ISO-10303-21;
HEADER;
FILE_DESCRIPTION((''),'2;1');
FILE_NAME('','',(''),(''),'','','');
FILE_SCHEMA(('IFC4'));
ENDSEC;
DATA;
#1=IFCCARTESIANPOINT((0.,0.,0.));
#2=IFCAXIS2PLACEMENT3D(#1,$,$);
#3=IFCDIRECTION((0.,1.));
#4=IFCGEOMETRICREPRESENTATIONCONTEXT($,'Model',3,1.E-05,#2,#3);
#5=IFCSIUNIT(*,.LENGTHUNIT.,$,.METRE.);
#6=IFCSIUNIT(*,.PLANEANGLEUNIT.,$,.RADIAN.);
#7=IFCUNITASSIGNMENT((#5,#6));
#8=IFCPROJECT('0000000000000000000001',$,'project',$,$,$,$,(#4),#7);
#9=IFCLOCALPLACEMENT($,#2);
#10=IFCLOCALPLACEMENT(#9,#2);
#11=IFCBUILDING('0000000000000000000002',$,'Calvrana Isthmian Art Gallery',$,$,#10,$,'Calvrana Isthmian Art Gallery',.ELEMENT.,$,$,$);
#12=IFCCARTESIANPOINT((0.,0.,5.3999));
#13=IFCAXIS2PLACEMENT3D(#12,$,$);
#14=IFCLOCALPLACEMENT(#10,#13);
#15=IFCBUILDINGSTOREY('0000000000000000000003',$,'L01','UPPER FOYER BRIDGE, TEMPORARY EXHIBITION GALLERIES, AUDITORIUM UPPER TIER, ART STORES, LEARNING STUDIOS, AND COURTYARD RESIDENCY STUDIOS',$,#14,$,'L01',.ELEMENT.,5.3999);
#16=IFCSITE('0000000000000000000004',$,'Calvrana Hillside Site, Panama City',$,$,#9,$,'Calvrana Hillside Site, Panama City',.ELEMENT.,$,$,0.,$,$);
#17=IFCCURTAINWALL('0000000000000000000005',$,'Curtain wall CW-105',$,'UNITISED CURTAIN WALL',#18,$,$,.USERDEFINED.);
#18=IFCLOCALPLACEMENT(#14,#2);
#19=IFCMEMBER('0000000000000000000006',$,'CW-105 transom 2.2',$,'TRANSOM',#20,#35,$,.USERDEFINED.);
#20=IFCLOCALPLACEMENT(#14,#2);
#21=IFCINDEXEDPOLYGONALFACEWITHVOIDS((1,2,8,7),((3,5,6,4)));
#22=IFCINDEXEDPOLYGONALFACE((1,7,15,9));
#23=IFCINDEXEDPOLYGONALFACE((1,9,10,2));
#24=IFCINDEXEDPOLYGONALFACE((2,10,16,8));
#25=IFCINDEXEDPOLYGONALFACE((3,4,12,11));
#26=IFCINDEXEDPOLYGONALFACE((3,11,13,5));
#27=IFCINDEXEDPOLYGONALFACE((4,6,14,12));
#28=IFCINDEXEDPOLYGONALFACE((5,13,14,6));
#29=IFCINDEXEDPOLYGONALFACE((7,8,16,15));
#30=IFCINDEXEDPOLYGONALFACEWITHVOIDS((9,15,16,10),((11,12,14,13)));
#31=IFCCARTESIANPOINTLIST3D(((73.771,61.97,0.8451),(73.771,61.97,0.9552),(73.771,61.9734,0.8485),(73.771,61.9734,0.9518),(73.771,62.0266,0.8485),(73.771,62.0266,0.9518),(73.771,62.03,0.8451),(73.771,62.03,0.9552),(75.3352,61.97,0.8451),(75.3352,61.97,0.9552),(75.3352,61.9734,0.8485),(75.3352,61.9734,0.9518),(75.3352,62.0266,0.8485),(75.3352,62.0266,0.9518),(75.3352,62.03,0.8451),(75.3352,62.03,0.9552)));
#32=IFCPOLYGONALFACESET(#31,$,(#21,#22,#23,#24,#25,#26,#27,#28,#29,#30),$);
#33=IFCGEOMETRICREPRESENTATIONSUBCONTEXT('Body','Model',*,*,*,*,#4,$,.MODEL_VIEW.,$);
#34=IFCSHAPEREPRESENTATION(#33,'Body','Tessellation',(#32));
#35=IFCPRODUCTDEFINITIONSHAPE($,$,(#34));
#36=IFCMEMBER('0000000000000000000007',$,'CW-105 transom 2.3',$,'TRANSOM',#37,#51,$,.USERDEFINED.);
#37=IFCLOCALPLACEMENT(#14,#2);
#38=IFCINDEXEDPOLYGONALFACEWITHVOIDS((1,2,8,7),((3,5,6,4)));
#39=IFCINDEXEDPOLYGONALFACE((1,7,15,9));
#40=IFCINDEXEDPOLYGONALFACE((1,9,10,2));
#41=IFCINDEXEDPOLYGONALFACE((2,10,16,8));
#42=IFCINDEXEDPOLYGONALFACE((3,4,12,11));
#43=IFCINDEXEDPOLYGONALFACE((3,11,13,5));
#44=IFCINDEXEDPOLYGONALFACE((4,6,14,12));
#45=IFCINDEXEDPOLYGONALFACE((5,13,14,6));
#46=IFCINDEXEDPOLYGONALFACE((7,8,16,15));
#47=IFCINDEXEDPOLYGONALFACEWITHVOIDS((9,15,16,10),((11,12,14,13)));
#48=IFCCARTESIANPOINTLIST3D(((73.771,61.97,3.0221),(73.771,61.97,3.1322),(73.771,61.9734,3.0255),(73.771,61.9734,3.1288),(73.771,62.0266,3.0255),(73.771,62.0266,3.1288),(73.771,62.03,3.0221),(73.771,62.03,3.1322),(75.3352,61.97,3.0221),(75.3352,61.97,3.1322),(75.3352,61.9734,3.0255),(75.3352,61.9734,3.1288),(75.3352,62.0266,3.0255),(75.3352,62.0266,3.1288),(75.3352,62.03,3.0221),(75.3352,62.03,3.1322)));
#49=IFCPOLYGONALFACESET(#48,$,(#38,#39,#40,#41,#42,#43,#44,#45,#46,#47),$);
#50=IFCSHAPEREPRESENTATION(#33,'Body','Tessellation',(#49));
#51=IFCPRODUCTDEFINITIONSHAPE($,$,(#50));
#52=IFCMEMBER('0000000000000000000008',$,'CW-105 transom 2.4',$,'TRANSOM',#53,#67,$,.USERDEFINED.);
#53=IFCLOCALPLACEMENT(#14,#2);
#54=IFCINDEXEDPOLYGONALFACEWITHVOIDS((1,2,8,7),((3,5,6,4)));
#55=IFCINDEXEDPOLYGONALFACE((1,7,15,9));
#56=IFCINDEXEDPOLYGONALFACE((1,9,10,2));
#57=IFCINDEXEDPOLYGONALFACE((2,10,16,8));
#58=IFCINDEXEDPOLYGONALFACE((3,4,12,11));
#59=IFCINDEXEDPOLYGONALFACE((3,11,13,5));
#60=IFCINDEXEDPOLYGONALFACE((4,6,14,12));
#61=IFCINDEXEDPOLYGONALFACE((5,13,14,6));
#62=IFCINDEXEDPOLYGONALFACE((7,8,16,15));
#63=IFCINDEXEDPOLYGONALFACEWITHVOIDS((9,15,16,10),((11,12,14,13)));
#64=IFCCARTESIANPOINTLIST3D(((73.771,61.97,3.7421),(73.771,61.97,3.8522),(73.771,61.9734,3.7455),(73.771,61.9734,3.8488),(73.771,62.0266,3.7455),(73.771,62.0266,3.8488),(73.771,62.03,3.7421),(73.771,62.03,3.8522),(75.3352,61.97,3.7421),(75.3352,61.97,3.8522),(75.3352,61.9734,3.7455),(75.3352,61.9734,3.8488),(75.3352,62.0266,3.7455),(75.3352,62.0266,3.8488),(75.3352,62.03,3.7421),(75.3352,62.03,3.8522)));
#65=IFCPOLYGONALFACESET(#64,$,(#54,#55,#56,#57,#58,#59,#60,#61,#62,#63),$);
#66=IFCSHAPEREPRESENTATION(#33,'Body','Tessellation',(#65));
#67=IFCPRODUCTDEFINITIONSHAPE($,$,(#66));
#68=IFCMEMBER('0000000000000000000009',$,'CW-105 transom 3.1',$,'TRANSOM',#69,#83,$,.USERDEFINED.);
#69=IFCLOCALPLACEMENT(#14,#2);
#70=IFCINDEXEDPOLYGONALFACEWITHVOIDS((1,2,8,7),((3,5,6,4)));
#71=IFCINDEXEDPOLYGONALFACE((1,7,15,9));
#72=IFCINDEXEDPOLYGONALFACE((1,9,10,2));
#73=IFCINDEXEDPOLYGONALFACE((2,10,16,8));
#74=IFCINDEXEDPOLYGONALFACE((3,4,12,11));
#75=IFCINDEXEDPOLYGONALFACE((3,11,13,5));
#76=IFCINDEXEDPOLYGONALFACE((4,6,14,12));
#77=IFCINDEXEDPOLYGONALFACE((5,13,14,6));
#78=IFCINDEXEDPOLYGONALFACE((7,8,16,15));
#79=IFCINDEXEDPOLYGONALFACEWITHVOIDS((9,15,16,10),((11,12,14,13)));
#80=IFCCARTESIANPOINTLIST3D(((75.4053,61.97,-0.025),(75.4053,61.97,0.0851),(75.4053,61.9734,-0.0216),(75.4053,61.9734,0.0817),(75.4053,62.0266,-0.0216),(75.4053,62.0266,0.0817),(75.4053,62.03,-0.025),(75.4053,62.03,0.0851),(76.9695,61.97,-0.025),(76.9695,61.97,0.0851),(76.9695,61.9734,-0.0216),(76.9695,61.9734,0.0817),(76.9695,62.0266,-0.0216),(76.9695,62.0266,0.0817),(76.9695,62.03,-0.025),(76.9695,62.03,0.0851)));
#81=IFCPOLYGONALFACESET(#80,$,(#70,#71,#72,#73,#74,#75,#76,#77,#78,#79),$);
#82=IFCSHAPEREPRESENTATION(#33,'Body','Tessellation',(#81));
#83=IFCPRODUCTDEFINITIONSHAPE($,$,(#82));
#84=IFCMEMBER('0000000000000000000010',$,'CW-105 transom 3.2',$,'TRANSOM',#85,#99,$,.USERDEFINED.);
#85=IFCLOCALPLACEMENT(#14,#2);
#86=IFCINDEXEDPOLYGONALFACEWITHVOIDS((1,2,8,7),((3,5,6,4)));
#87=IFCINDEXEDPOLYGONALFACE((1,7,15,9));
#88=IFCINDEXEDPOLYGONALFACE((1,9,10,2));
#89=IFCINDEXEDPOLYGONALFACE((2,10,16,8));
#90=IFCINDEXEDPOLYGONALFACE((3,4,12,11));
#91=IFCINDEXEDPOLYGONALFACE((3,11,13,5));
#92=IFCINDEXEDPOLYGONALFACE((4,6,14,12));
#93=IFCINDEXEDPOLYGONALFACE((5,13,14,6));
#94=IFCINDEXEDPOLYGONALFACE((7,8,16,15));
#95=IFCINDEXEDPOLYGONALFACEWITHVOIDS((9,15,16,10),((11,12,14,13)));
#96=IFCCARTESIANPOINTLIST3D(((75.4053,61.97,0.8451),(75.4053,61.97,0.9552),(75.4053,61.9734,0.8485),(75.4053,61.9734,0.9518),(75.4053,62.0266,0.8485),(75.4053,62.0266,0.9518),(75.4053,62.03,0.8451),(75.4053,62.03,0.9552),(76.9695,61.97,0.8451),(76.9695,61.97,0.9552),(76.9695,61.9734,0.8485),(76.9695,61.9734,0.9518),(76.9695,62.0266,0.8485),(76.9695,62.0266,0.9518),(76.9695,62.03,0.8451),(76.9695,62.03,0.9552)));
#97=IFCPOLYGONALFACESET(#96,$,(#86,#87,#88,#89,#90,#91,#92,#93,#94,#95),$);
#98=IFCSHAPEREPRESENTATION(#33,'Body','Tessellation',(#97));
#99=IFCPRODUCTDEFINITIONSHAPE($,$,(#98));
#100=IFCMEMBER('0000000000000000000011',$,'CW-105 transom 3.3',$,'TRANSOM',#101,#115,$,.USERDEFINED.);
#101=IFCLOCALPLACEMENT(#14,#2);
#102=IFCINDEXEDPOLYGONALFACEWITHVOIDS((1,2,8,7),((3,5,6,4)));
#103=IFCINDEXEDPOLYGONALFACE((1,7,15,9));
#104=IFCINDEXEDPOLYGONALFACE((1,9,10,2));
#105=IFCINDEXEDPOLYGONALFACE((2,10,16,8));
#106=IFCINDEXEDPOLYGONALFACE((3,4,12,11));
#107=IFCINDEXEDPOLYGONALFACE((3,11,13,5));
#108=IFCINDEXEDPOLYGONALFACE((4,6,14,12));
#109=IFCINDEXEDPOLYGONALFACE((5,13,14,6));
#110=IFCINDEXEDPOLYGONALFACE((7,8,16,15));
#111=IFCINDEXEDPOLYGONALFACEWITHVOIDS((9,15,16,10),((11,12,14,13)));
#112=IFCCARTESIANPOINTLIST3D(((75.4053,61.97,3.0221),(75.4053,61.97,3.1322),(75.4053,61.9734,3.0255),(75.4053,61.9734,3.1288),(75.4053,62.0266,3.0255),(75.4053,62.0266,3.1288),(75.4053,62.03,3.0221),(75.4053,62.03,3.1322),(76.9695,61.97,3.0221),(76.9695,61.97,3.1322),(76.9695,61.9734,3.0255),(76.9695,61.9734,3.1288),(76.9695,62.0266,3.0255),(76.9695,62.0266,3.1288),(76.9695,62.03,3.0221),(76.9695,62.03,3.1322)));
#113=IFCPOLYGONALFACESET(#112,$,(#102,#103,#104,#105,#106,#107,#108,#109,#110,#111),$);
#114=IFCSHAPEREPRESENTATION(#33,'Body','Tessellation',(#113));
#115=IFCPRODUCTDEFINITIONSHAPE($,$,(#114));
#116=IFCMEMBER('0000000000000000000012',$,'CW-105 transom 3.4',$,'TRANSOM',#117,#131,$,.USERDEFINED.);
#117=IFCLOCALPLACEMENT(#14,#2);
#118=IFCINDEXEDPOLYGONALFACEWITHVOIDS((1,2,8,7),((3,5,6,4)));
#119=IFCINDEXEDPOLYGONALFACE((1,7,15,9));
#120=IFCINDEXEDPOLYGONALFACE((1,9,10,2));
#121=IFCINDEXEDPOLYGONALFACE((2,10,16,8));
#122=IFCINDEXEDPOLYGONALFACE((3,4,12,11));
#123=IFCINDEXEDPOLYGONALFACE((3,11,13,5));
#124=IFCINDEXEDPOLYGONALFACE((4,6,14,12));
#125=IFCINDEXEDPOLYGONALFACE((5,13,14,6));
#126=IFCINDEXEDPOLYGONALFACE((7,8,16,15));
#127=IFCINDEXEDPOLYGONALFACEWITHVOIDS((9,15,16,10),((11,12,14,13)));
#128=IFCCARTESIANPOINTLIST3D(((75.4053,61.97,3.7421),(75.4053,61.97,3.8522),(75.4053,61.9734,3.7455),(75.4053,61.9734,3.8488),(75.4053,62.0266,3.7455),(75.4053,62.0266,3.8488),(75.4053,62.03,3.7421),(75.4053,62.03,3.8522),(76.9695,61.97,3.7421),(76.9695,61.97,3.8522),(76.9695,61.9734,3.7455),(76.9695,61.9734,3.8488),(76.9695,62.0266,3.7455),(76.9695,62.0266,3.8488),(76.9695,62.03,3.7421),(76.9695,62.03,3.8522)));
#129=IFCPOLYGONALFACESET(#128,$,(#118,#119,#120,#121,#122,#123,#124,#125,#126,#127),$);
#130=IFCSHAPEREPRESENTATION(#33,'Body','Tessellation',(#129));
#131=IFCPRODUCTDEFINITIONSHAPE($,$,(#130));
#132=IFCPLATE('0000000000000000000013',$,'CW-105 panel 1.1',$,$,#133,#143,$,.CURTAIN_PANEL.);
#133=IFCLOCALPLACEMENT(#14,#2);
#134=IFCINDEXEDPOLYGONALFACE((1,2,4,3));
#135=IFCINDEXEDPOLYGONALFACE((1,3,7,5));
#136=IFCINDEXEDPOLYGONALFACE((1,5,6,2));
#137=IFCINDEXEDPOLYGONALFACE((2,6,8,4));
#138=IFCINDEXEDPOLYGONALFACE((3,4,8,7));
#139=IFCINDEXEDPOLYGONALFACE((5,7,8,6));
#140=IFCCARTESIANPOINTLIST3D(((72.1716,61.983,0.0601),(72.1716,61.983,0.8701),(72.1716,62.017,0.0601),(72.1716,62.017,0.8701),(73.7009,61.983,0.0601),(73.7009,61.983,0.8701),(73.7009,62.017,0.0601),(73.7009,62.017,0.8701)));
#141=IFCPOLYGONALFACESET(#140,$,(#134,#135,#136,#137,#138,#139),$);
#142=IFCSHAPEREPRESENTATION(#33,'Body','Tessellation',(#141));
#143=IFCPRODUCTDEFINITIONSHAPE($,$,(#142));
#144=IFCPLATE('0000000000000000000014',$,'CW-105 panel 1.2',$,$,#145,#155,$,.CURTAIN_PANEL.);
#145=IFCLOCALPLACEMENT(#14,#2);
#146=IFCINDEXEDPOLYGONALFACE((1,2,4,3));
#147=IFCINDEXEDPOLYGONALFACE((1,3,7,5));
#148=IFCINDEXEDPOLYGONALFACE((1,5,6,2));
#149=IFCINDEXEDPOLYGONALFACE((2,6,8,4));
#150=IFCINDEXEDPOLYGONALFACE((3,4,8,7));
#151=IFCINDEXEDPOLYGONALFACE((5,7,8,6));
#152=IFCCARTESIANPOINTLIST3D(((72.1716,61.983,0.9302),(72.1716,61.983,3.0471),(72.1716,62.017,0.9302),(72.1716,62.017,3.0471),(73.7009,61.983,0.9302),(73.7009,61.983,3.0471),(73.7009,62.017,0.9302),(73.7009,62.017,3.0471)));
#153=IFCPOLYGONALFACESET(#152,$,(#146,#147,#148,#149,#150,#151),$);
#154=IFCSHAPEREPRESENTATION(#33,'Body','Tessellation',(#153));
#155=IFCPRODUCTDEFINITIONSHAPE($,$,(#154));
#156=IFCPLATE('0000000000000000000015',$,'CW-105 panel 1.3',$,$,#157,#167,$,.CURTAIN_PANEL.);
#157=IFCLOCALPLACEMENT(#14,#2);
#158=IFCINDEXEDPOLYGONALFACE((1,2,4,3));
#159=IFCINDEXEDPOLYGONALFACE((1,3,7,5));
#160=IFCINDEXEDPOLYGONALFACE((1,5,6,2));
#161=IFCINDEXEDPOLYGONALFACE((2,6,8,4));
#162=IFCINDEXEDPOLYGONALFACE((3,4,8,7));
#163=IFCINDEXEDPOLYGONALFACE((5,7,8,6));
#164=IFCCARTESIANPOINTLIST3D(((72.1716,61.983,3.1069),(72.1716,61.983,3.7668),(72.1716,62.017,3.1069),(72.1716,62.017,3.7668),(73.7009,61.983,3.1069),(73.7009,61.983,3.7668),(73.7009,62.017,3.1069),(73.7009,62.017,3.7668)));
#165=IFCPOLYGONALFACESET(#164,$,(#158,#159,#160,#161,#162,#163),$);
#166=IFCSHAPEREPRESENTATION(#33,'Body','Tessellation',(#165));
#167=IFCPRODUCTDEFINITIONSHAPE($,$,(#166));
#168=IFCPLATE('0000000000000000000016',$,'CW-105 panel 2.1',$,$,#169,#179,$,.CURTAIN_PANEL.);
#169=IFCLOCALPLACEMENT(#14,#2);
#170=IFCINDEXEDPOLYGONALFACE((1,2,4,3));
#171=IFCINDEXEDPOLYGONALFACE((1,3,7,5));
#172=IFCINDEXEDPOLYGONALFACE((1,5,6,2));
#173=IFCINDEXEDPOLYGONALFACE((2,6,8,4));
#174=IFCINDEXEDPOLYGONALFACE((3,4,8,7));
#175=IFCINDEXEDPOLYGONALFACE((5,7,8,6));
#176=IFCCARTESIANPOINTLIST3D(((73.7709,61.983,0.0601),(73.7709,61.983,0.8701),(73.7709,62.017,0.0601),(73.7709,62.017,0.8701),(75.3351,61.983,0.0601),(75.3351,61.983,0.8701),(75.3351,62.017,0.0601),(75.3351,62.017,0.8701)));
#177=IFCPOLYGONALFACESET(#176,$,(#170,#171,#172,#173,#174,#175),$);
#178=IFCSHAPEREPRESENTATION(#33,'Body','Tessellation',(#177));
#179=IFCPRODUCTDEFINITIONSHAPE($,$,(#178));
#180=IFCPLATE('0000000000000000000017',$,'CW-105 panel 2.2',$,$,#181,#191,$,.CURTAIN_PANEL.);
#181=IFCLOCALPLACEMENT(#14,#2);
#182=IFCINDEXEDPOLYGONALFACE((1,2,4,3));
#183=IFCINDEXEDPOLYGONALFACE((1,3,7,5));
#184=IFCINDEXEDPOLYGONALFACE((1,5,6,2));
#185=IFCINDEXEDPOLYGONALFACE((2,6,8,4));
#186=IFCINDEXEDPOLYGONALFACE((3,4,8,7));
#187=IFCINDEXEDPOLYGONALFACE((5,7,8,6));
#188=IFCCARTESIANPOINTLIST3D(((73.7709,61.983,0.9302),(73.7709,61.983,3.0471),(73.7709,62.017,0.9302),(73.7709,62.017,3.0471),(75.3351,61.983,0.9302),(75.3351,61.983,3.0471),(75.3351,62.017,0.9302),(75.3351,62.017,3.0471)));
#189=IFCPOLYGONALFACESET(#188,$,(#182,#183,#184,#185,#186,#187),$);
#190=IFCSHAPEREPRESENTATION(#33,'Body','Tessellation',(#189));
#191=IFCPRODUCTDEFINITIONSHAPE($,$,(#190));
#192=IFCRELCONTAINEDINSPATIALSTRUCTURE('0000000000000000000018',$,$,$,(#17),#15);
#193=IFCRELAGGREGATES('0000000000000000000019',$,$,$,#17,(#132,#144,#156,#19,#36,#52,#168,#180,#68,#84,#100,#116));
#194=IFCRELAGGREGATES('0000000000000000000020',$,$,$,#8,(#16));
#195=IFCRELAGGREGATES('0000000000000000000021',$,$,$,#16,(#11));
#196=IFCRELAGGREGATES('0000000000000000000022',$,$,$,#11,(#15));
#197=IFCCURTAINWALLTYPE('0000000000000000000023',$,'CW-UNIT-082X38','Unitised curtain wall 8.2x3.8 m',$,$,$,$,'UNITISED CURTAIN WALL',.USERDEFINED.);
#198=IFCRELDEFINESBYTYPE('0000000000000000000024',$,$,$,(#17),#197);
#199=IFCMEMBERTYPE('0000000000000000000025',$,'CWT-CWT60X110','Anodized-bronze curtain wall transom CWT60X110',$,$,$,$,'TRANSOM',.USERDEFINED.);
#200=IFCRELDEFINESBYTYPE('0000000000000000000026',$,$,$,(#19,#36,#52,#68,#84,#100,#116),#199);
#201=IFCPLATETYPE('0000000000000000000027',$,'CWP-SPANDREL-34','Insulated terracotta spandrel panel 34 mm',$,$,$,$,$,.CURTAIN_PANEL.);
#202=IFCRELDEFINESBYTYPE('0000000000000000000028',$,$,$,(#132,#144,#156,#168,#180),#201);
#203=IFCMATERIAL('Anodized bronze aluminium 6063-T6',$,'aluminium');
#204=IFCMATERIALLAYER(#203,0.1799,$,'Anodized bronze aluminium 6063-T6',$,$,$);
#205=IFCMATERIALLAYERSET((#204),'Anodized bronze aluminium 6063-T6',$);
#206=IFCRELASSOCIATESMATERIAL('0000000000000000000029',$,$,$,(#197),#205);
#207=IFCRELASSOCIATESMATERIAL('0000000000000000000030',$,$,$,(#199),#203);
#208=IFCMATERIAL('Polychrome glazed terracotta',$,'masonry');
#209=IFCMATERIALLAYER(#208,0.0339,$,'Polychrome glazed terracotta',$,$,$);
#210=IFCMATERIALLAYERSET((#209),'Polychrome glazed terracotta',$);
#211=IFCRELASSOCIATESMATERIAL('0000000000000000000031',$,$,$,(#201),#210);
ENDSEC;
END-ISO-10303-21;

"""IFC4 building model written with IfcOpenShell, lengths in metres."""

from ifc_helpers import new_model, si_unit, direction, frame, origin, origin_2d, place, context, subcontext, project, spatial, rectangle, hollow_rectangle, extrude, material, layer, layer_set, material_profile, profile_set, type_object, element, aggregate, save


model = new_model("IFC4")

# Units and contexts
model_context = context("Model", 3, precision=1e-05, world=origin(), true_north=direction((0.0, 1.0)))
body_context = subcontext(model_context, "Body", "Model", "MODEL_VIEW")
ifc_project = project(units=[si_unit("LENGTHUNIT", "METRE"), si_unit("PLANEANGLEUNIT", "RADIAN")], contexts=[model_context])

# Site, building, storey
site_placement = place(None, origin())
site = spatial("IfcSite", under=ifc_project, at=site_placement, Name="Calvrana Hillside Site, Panama City", LongName="Calvrana Hillside Site, Panama City", CompositionType="ELEMENT", RefElevation=0.0)
building_placement = place(site_placement, origin())
building = spatial("IfcBuilding", under=site, at=building_placement, Name="Calvrana Isthmian Art Gallery", LongName="Calvrana Isthmian Art Gallery", CompositionType="ELEMENT")
storey_placement = place(building_placement, frame((0.0, 0.0, 5.3999)))
storey = spatial("IfcBuildingStorey", under=building, at=storey_placement, Name="L01", Description="UPPER FOYER BRIDGE, TEMPORARY EXHIBITION GALLERIES, AUDITORIUM UPPER TIER, ART STORES, LEARNING STUDIOS, AND COURTYARD RESIDENCY STUDIOS", LongName="L01", CompositionType="ELEMENT", Elevation=5.3999)

# Curtain wall, members, plates
ifc_material_1 = material(Name="Anodized bronze aluminium 6063-T6", Category="aluminium")
ifc_layer_1 = layer(ifc_material_1, 0.1799, Name="Anodized bronze aluminium 6063-T6")
ifc_layer_set_1 = layer_set([ifc_layer_1], Name="Anodized bronze aluminium 6063-T6")
curtain_wall_type = type_object("IfcCurtainWallType", Name="CW-UNIT-082X38", Description="Unitised curtain wall 8.2x3.8 m", ElementType="UNITISED CURTAIN WALL", PredefinedType="USERDEFINED", material=ifc_layer_set_1)
curtain_wall_placement = place(storey_placement, origin())
curtain_wall = element("IfcCurtainWall", 1, at=curtain_wall_placement, inside=storey, type_object=curtain_wall_type, Name="Curtain wall CW-105", ObjectType="UNITISED CURTAIN WALL", PredefinedType="USERDEFINED")
ifc_material_profile_1 = material_profile(ifc_material_1, hollow_rectangle(XDim=0.0601, YDim=0.1101, WallThickness=0.0034, at=origin_2d()), Name="CWT60X110")
ifc_profile_set_1 = profile_set([ifc_material_profile_1], Name="Anodized bronze aluminium 6063-T6")
member_type_1 = type_object("IfcMemberType", Name="CWT-CWT60X110", Description="Anodized-bronze curtain wall transom CWT60X110", ElementType="TRANSOM", PredefinedType="USERDEFINED", material=ifc_profile_set_1)
member_1_placement = place(storey_placement, frame((73.771, 62.0, 0.9001), z_axis=(1.0, 0.0, 0.0), x_axis=(0.0, 1.0, 0.0)))
member_1 = element("IfcMember", 2, at=member_1_placement, type_object=member_type_1, Name="CW-105 transom 2.2", ObjectType="TRANSOM", PredefinedType="USERDEFINED", context=body_context, shape_type="SweptSolid", body=[
    extrude(hollow_rectangle(XDim=0.0601, YDim=0.1101, WallThickness=0.0034, at=origin_2d()), origin(), (0.0, 0.0, 1.0), 1.5642),
])
member_2_placement = place(storey_placement, frame((73.771, 62.0, 3.0771), z_axis=(1.0, 0.0, 0.0), x_axis=(0.0, 1.0, 0.0)))
member_2 = element("IfcMember", 3, at=member_2_placement, type_object=member_type_1, Name="CW-105 transom 2.3", ObjectType="TRANSOM", PredefinedType="USERDEFINED", context=body_context, shape_type="SweptSolid", body=[
    extrude(hollow_rectangle(XDim=0.0601, YDim=0.1101, WallThickness=0.0034, at=origin_2d()), origin(), (0.0, 0.0, 1.0), 1.5642),
])
member_3_placement = place(storey_placement, frame((73.771, 62.0, 3.7971), z_axis=(1.0, 0.0, 0.0), x_axis=(0.0, 1.0, 0.0)))
member_3 = element("IfcMember", 4, at=member_3_placement, type_object=member_type_1, Name="CW-105 transom 2.4", ObjectType="TRANSOM", PredefinedType="USERDEFINED", context=body_context, shape_type="SweptSolid", body=[
    extrude(hollow_rectangle(XDim=0.0601, YDim=0.1101, WallThickness=0.0034, at=origin_2d()), origin(), (0.0, 0.0, 1.0), 1.5642),
])
member_4_placement = place(storey_placement, frame((75.4053, 62.0, 0.03), z_axis=(1.0, 0.0, 0.0), x_axis=(0.0, 1.0, 0.0)))
member_4 = element("IfcMember", 5, at=member_4_placement, type_object=member_type_1, Name="CW-105 transom 3.1", ObjectType="TRANSOM", PredefinedType="USERDEFINED", context=body_context, shape_type="SweptSolid", body=[
    extrude(hollow_rectangle(XDim=0.0601, YDim=0.1101, WallThickness=0.0034, at=origin_2d()), origin(), (0.0, 0.0, 1.0), 1.5642),
])
member_5_placement = place(storey_placement, frame((75.4053, 62.0, 0.9001), z_axis=(1.0, 0.0, 0.0), x_axis=(0.0, 1.0, 0.0)))
member_5 = element("IfcMember", 6, at=member_5_placement, type_object=member_type_1, Name="CW-105 transom 3.2", ObjectType="TRANSOM", PredefinedType="USERDEFINED", context=body_context, shape_type="SweptSolid", body=[
    extrude(hollow_rectangle(XDim=0.0601, YDim=0.1101, WallThickness=0.0034, at=origin_2d()), origin(), (0.0, 0.0, 1.0), 1.5642),
])
member_6_placement = place(storey_placement, frame((75.4053, 62.0, 3.0771), z_axis=(1.0, 0.0, 0.0), x_axis=(0.0, 1.0, 0.0)))
member_6 = element("IfcMember", 7, at=member_6_placement, type_object=member_type_1, Name="CW-105 transom 3.3", ObjectType="TRANSOM", PredefinedType="USERDEFINED", context=body_context, shape_type="SweptSolid", body=[
    extrude(hollow_rectangle(XDim=0.0601, YDim=0.1101, WallThickness=0.0034, at=origin_2d()), origin(), (0.0, 0.0, 1.0), 1.5642),
])
member_7_placement = place(storey_placement, frame((75.4053, 62.0, 3.7971), z_axis=(1.0, 0.0, 0.0), x_axis=(0.0, 1.0, 0.0)))
member_7 = element("IfcMember", 8, at=member_7_placement, type_object=member_type_1, Name="CW-105 transom 3.4", ObjectType="TRANSOM", PredefinedType="USERDEFINED", context=body_context, shape_type="SweptSolid", body=[
    extrude(hollow_rectangle(XDim=0.0601, YDim=0.1101, WallThickness=0.0034, at=origin_2d()), origin(), (0.0, 0.0, 1.0), 1.5642),
])
ifc_material_2 = material(Name="Polychrome glazed terracotta", Category="masonry")
ifc_layer_2 = layer(ifc_material_2, 0.0339, Name="Polychrome glazed terracotta")
ifc_layer_set_2 = layer_set([ifc_layer_2], Name="Polychrome glazed terracotta")
plate_type_1 = type_object("IfcPlateType", Name="CWP-SPANDREL-34", Description="Insulated terracotta spandrel panel 34 mm", PredefinedType="CURTAIN_PANEL", material=ifc_layer_set_2)
plate_1_placement = place(storey_placement, frame((72.9363, 62.0, 0.0601), z_axis=(0.0, 0.0, 1.0), x_axis=(1.0, 0.0, 0.0)))
plate_1 = element("IfcPlate", 9, at=plate_1_placement, type_object=plate_type_1, Name="CW-105 panel 1.1", PredefinedType="CURTAIN_PANEL", context=body_context, shape_type="SweptSolid", body=[
    extrude(rectangle(XDim=1.5293, YDim=0.0339, at=origin_2d()), origin(), (0.0, 0.0, 1.0), 0.8101),
])
plate_2_placement = place(storey_placement, frame((72.9363, 62.0, 0.9302), z_axis=(0.0, 0.0, 1.0), x_axis=(1.0, 0.0, 0.0)))
plate_2 = element("IfcPlate", 10, at=plate_2_placement, type_object=plate_type_1, Name="CW-105 panel 1.2", PredefinedType="CURTAIN_PANEL", context=body_context, shape_type="SweptSolid", body=[
    extrude(rectangle(XDim=1.5293, YDim=0.0339, at=origin_2d()), origin(), (0.0, 0.0, 1.0), 2.1169),
])
plate_3_placement = place(storey_placement, frame((72.9363, 62.0, 3.1069), z_axis=(0.0, 0.0, 1.0), x_axis=(1.0, 0.0, 0.0)))
plate_3 = element("IfcPlate", 11, at=plate_3_placement, type_object=plate_type_1, Name="CW-105 panel 1.3", PredefinedType="CURTAIN_PANEL", context=body_context, shape_type="SweptSolid", body=[
    extrude(rectangle(XDim=1.5293, YDim=0.0339, at=origin_2d()), origin(), (0.0, 0.0, 1.0), 0.6599),
])
plate_4_placement = place(storey_placement, frame((74.553, 62.0, 0.0601), z_axis=(0.0, 0.0, 1.0), x_axis=(1.0, 0.0, 0.0)))
plate_4 = element("IfcPlate", 12, at=plate_4_placement, type_object=plate_type_1, Name="CW-105 panel 2.1", PredefinedType="CURTAIN_PANEL", context=body_context, shape_type="SweptSolid", body=[
    extrude(rectangle(XDim=1.5642, YDim=0.0339, at=origin_2d()), origin(), (0.0, 0.0, 1.0), 0.8101),
])
plate_5_placement = place(storey_placement, frame((74.553, 62.0, 0.9302), z_axis=(0.0, 0.0, 1.0), x_axis=(1.0, 0.0, 0.0)))
plate_5 = element("IfcPlate", 13, at=plate_5_placement, type_object=plate_type_1, Name="CW-105 panel 2.2", PredefinedType="CURTAIN_PANEL", context=body_context, shape_type="SweptSolid", body=[
    extrude(rectangle(XDim=1.5642, YDim=0.0339, at=origin_2d()), origin(), (0.0, 0.0, 1.0), 2.1169),
])
aggregate(curtain_wall, [plate_1, plate_2, plate_3, member_1, member_2, member_3, plate_4, plate_5, member_4, member_5, member_6, member_7])

save(model, "model.ifc")
